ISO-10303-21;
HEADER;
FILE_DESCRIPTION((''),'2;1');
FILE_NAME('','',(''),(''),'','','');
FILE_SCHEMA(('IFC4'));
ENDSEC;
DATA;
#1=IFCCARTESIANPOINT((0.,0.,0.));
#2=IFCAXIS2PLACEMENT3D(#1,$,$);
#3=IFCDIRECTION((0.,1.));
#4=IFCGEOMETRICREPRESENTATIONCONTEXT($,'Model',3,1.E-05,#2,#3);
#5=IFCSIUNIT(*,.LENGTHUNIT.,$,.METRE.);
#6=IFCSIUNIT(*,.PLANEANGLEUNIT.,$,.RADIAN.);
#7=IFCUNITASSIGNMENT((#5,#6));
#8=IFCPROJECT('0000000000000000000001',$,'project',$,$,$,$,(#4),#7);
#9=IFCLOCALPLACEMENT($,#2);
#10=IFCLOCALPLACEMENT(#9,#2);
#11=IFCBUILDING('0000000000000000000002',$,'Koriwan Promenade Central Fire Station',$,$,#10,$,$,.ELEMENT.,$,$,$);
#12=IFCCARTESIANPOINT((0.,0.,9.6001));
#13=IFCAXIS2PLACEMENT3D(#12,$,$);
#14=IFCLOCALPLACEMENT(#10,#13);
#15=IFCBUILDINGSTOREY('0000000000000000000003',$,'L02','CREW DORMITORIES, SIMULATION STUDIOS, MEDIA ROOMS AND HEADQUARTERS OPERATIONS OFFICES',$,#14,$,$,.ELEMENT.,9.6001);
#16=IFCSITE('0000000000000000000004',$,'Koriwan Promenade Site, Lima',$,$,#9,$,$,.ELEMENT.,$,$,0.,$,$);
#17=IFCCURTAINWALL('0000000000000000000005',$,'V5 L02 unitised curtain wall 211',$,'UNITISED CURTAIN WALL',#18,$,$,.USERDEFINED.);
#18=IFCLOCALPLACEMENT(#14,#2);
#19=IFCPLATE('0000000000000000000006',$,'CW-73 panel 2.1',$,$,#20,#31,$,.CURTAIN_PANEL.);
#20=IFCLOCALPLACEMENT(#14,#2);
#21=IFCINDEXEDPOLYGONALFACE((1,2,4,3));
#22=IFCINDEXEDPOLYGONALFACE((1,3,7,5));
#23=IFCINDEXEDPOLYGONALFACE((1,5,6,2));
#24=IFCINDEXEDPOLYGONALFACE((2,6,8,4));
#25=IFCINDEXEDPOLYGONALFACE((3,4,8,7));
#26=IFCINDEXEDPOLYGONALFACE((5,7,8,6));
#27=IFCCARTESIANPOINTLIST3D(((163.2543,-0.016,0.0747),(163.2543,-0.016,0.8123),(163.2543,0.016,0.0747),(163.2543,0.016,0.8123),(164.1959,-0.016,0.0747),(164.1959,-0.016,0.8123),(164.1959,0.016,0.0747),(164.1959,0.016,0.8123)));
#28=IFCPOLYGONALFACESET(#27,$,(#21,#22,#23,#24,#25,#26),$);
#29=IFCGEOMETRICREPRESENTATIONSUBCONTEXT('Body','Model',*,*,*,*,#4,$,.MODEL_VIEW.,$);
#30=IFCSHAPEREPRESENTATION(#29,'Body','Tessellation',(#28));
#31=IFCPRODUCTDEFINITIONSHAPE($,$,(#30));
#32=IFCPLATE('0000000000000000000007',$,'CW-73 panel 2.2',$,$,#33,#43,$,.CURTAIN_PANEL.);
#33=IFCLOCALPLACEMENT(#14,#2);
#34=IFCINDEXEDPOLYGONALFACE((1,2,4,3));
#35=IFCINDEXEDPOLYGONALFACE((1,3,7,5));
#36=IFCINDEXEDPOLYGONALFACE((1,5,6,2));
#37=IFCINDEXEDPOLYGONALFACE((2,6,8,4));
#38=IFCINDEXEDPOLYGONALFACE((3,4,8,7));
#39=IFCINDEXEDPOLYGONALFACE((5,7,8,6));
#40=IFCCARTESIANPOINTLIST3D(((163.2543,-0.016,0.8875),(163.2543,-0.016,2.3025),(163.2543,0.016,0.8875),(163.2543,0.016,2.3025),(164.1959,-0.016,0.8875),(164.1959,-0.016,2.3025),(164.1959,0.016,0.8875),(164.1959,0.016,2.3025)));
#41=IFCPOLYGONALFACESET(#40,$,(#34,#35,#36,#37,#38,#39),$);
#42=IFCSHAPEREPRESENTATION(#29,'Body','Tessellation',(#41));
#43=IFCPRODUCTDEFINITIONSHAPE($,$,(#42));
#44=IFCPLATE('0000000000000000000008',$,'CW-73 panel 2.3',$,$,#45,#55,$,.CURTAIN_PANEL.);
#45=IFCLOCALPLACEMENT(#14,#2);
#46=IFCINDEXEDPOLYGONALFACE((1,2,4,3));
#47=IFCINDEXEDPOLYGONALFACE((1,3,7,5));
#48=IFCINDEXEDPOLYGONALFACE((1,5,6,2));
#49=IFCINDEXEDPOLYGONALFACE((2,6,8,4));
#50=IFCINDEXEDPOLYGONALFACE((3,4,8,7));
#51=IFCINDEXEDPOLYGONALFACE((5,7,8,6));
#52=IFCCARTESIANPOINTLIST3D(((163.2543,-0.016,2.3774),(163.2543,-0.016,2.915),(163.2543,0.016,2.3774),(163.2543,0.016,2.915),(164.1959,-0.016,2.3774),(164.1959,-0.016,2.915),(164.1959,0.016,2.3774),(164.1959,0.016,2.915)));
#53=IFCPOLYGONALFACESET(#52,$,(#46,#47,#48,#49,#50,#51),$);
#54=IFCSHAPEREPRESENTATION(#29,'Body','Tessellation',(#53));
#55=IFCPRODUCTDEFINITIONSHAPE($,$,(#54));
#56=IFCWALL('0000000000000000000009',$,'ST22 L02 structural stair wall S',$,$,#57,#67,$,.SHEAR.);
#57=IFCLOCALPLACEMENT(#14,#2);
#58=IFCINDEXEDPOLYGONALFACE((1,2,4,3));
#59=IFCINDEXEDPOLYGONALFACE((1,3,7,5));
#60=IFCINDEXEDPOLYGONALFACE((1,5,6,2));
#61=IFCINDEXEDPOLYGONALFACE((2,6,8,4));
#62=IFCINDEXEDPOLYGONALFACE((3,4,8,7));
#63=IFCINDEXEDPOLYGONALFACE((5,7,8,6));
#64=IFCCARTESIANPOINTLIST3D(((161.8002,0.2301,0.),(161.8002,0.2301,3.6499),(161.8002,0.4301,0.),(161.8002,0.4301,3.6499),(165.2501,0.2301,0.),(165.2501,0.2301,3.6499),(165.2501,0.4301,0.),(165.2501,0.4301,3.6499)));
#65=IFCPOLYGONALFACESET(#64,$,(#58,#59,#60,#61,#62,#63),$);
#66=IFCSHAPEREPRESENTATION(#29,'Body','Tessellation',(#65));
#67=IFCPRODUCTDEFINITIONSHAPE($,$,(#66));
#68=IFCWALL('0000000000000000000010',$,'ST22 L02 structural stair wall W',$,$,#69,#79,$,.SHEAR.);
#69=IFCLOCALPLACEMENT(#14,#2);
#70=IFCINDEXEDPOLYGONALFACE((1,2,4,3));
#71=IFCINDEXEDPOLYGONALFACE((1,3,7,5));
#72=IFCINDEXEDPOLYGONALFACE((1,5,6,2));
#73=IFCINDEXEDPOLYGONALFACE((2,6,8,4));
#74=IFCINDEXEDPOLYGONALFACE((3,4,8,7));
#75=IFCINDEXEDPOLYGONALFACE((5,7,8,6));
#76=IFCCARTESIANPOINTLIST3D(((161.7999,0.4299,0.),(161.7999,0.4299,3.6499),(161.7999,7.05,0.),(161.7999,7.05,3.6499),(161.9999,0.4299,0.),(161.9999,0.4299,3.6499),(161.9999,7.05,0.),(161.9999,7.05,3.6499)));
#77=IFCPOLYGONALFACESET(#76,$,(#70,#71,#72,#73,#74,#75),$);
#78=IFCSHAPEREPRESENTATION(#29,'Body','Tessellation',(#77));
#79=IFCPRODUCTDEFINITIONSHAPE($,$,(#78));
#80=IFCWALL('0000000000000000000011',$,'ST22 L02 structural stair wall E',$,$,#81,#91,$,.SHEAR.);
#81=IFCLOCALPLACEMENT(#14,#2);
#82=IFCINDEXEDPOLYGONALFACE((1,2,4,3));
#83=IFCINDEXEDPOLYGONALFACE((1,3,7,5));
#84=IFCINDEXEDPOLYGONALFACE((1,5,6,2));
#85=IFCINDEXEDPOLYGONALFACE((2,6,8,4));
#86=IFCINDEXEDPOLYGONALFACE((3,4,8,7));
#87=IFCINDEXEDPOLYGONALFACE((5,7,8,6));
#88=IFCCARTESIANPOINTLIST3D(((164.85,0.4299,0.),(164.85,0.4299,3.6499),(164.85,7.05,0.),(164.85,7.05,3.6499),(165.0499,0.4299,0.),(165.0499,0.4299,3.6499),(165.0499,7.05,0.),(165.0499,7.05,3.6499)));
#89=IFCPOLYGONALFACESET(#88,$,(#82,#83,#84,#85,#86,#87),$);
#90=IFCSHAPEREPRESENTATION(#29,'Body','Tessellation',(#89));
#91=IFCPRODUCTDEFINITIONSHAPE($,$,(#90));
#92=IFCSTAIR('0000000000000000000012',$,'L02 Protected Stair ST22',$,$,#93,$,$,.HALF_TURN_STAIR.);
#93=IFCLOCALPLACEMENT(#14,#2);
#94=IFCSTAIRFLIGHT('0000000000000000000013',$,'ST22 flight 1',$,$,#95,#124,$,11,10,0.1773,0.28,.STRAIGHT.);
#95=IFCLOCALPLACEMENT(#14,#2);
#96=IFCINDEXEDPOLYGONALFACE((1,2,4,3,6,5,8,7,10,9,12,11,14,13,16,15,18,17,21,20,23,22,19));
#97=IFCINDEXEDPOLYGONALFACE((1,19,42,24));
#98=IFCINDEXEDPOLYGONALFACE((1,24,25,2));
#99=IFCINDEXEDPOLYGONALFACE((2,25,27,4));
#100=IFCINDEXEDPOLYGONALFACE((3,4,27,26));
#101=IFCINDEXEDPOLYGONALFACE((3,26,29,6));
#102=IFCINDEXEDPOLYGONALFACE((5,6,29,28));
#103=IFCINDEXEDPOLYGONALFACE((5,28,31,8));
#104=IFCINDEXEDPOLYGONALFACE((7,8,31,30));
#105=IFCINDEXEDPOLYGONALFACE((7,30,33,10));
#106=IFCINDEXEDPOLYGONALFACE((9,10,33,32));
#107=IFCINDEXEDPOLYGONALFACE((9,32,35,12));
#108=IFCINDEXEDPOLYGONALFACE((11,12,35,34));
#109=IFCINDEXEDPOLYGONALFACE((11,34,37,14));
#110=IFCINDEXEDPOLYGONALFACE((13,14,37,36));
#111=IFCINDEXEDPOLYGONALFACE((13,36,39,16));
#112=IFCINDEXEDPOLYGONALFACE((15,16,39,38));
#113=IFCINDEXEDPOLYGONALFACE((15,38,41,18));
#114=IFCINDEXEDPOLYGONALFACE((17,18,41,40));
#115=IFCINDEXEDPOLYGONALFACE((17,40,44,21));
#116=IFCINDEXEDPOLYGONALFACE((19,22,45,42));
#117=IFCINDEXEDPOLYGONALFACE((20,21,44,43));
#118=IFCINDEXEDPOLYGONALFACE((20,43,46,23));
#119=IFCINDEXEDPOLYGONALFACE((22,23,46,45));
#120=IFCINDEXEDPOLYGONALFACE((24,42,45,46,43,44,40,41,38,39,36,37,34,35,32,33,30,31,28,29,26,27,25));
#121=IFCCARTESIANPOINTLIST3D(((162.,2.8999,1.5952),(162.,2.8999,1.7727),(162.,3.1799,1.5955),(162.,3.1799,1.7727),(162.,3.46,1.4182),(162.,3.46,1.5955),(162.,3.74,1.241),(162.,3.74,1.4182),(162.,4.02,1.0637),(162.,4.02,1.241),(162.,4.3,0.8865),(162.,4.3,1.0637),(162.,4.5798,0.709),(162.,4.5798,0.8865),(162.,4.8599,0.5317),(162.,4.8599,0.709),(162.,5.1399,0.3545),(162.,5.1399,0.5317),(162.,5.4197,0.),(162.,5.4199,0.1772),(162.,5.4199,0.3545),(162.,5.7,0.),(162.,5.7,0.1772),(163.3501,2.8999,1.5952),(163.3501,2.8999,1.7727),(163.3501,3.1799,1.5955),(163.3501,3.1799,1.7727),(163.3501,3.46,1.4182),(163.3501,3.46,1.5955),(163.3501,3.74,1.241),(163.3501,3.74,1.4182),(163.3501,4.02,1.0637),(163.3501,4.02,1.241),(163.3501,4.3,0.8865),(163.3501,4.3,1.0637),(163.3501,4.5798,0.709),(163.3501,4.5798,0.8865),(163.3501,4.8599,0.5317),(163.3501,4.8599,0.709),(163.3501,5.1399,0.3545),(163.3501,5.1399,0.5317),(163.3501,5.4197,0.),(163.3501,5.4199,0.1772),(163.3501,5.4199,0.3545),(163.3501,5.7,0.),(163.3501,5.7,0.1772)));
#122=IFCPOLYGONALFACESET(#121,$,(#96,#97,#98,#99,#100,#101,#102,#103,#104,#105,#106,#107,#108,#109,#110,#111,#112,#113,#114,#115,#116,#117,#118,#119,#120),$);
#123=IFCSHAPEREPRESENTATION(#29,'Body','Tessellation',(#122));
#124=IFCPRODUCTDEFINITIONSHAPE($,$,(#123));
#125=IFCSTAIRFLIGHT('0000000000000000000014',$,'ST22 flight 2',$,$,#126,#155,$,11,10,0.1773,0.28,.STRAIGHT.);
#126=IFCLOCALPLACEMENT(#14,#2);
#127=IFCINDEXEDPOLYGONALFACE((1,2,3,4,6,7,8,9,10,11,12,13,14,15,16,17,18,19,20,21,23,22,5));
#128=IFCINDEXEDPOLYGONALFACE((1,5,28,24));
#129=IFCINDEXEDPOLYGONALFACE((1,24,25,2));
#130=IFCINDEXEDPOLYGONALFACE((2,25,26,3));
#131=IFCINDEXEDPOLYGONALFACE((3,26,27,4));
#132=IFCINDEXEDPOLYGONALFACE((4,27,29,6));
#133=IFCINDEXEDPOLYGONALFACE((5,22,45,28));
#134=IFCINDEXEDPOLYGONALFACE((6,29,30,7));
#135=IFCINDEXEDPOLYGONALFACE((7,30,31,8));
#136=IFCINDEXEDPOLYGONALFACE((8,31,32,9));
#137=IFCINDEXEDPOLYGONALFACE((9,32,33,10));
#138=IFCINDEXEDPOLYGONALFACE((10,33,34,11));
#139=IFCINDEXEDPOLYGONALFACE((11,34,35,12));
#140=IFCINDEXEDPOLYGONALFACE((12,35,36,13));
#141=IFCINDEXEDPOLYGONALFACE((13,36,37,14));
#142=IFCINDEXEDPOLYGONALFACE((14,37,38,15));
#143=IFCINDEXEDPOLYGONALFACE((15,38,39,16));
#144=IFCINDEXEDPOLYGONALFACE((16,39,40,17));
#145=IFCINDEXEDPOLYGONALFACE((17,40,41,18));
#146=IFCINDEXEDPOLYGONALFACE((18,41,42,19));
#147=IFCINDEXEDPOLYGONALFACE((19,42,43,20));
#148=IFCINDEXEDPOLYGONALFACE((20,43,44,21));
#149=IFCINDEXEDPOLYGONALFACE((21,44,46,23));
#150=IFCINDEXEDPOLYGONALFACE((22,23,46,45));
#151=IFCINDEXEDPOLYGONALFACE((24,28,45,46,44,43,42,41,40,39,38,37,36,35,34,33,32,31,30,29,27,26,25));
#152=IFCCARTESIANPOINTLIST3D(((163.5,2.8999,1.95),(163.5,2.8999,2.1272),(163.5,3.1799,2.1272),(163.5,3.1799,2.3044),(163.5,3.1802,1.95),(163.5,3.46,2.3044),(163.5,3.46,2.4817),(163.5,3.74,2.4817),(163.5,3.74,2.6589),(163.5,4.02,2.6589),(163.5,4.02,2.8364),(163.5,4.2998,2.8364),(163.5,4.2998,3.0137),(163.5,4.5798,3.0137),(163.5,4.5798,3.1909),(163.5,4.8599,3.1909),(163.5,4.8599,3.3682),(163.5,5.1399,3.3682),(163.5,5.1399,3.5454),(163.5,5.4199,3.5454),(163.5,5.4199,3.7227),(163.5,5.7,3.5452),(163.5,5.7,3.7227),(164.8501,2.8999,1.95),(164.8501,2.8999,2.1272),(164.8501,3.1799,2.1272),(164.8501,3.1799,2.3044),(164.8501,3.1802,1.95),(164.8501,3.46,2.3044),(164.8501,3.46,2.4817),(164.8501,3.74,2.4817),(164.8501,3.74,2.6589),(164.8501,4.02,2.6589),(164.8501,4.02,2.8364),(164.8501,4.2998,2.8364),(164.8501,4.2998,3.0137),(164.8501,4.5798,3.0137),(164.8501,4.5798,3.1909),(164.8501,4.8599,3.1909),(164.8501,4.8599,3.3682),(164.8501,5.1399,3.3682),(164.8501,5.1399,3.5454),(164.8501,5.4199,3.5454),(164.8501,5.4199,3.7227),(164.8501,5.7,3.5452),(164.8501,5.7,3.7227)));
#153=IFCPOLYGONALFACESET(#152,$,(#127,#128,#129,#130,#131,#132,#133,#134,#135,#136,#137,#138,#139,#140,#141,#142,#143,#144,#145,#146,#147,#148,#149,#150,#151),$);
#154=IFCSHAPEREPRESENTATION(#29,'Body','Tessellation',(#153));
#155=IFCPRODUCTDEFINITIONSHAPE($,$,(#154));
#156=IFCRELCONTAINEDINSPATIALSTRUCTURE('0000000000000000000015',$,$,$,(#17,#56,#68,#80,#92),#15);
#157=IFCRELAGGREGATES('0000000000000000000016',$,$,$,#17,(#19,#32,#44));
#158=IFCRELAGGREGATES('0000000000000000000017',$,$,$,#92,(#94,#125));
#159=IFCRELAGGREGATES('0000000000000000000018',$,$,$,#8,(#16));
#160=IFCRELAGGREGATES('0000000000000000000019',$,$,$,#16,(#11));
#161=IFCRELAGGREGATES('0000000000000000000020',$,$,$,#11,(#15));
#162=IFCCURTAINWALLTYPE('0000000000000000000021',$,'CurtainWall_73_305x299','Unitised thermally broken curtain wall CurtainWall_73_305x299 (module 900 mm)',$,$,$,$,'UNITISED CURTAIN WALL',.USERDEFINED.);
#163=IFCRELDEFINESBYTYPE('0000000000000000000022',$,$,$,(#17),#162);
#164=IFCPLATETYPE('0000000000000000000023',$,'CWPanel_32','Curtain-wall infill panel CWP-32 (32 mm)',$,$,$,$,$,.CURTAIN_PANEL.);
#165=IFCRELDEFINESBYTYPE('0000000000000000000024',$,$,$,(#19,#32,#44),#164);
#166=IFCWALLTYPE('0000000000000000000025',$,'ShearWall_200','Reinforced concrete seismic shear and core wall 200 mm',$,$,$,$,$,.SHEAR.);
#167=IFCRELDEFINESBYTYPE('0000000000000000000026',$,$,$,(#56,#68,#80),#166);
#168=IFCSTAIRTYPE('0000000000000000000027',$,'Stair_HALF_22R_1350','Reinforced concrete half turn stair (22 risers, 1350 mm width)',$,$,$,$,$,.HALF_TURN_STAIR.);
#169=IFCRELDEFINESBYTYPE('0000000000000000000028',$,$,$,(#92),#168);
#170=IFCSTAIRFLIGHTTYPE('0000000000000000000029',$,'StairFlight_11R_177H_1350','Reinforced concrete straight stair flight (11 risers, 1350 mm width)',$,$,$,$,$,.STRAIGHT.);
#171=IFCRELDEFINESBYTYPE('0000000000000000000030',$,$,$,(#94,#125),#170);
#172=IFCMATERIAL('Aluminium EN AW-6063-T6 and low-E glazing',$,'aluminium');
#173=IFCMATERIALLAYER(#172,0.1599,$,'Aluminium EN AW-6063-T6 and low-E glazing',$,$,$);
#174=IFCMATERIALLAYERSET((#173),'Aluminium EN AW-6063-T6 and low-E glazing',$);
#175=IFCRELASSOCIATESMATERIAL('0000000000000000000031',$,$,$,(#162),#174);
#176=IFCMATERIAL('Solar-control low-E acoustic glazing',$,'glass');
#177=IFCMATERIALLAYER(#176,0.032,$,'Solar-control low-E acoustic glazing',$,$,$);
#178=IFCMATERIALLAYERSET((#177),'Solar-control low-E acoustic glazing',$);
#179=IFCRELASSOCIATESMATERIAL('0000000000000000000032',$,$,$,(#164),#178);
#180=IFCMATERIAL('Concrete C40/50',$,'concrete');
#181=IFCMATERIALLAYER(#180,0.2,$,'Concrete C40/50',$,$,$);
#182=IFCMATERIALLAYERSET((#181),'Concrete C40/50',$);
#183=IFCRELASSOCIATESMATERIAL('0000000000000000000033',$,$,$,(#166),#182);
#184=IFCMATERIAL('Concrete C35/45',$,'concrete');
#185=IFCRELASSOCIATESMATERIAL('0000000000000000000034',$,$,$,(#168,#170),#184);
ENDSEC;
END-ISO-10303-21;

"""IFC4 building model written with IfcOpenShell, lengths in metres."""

from ifc_helpers import new_model, si_unit, direction, frame, frame_2d, origin, origin_2d, place, context, subcontext, project, spatial, polyline, rectangle, outline, extrude, material, layer, layer_set, type_object, element, aggregate, save


model = new_model("IFC4")

# Units and contexts
model_context = context("Model", 3, precision=1e-05, world=origin(), true_north=direction((0.0, 1.0)))
body_context = subcontext(model_context, "Body", "Model", "MODEL_VIEW")
ifc_project = project(units=[si_unit("LENGTHUNIT", "METRE"), si_unit("PLANEANGLEUNIT", "RADIAN")], contexts=[model_context])

# Site, building, storey
site_placement = place(None, origin())
site = spatial("IfcSite", under=ifc_project, at=site_placement, Name="Koriwan Promenade Site, Lima", CompositionType="ELEMENT", RefElevation=0.0)
building_placement = place(site_placement, origin())
building = spatial("IfcBuilding", under=site, at=building_placement, Name="Koriwan Promenade Central Fire Station", CompositionType="ELEMENT")
storey_placement = place(building_placement, frame((0.0, 0.0, 9.6001)))
storey = spatial("IfcBuildingStorey", under=building, at=storey_placement, Name="L02", Description="CREW DORMITORIES, SIMULATION STUDIOS, MEDIA ROOMS AND HEADQUARTERS OPERATIONS OFFICES", CompositionType="ELEMENT", Elevation=9.6001)

# Shared definitions
ifc_material_1 = material(Name="Concrete C40/50", Category="concrete")

# Curtain wall, plates
ifc_material_2 = material(Name="Aluminium EN AW-6063-T6 and low-E glazing", Category="aluminium")
ifc_layer_1 = layer(ifc_material_2, 0.1599, Name="Aluminium EN AW-6063-T6 and low-E glazing")
ifc_layer_set_1 = layer_set([ifc_layer_1], Name="Aluminium EN AW-6063-T6 and low-E glazing")
curtain_wall_type = type_object("IfcCurtainWallType", Name="CurtainWall_73_305x299", Description="Unitised thermally broken curtain wall CurtainWall_73_305x299 (module 900 mm)", ElementType="UNITISED CURTAIN WALL", PredefinedType="USERDEFINED", material=ifc_layer_set_1)
curtain_wall_placement = place(storey_placement, origin())
curtain_wall = element("IfcCurtainWall", 1, at=curtain_wall_placement, inside=storey, type_object=curtain_wall_type, Name="V5 L02 unitised curtain wall 211", ObjectType="UNITISED CURTAIN WALL", PredefinedType="USERDEFINED")
ifc_material_3 = material(Name="Solar-control low-E acoustic glazing", Category="glass")
ifc_layer_2 = layer(ifc_material_3, 0.032, Name="Solar-control low-E acoustic glazing")
ifc_layer_set_2 = layer_set([ifc_layer_2], Name="Solar-control low-E acoustic glazing")
plate_type = type_object("IfcPlateType", Name="CWPanel_32", Description="Curtain-wall infill panel CWP-32 (32 mm)", PredefinedType="CURTAIN_PANEL", material=ifc_layer_set_2)
plate_1_placement = place(storey_placement, frame((163.7251, 0.0, 0.0747), z_axis=(0.0, 0.0, 1.0), x_axis=(-1.0, 0.0, 0.0)))
plate_1 = element("IfcPlate", 2, at=plate_1_placement, type_object=plate_type, Name="CW-73 panel 2.1", PredefinedType="CURTAIN_PANEL", context=body_context, shape_type="SweptSolid", body=[
    extrude(rectangle(XDim=0.9417, YDim=0.032, at=origin_2d()), origin(), (0.0, 0.0, 1.0), 0.7375),
])
plate_2_placement = place(storey_placement, frame((163.7251, 0.0, 0.8875), z_axis=(0.0, 0.0, 1.0), x_axis=(-1.0, 0.0, 0.0)))
plate_2 = element("IfcPlate", 3, at=plate_2_placement, type_object=plate_type, Name="CW-73 panel 2.2", PredefinedType="CURTAIN_PANEL", context=body_context, shape_type="SweptSolid", body=[
    extrude(rectangle(XDim=0.9417, YDim=0.032, at=origin_2d()), origin(), (0.0, 0.0, 1.0), 1.415),
])
plate_3_placement = place(storey_placement, frame((163.7251, 0.0, 2.3774), z_axis=(0.0, 0.0, 1.0), x_axis=(-1.0, 0.0, 0.0)))
plate_3 = element("IfcPlate", 4, at=plate_3_placement, type_object=plate_type, Name="CW-73 panel 2.3", PredefinedType="CURTAIN_PANEL", context=body_context, shape_type="SweptSolid", body=[
    extrude(rectangle(XDim=0.9417, YDim=0.032, at=origin_2d()), origin(), (0.0, 0.0, 1.0), 0.5376),
])
aggregate(curtain_wall, [plate_1, plate_2, plate_3])

# Wall
ifc_layer_3 = layer(ifc_material_1, 0.2, Name="Concrete C40/50")
ifc_layer_set_3 = layer_set([ifc_layer_3], Name="Concrete C40/50")
wall_type = type_object("IfcWallType", Name="ShearWall_200", Description="Reinforced concrete seismic shear and core wall 200 mm", PredefinedType="SHEAR", material=ifc_layer_set_3)
wall_1_placement = place(storey_placement, frame((161.8, 0.3301, 0.0), z_axis=(0.0, 0.0, 1.0), x_axis=(1.0, 0.0, 0.0)))
element("IfcWall", 5, at=wall_1_placement, inside=storey, type_object=wall_type, Name="ST22 L02 structural stair wall S", PredefinedType="SHEAR", context=body_context, shape_type="SweptSolid", body=[
    extrude(rectangle(XDim=3.45, YDim=0.2, at=frame_2d((1.7251, 0.0))), origin(), (0.0, 0.0, 1.0), 3.6499),
])

# Walls
for number, where, z_axis, x_axis, name in (
    (6, (161.8999, 0.4299, 0.0), (0.0, 0.0, 1.0), (0.0, 1.0, 0.0), "ST22 L02 structural stair wall W"),
    (7, (164.95, 0.4299, 0.0), (0.0, 0.0, 1.0), (0.0, 1.0, 0.0), "ST22 L02 structural stair wall E"),
):
    element("IfcWall", number, at=place(storey_placement, frame(where, z_axis=z_axis, x_axis=x_axis)), inside=storey, type_object=wall_type, Name=name, PredefinedType="SHEAR", context=body_context, shape_type="SweptSolid", body=[
        extrude(rectangle(XDim=6.6201, YDim=0.2, at=frame_2d((3.3101, 0.0))), origin(), (0.0, 0.0, 1.0), 3.6499),
    ])

# Stair, stair flights
ifc_material_4 = material(Name="Concrete C35/45", Category="concrete")
stair_type = type_object("IfcStairType", Name="Stair_HALF_22R_1350", Description="Reinforced concrete half turn stair (22 risers, 1350 mm width)", PredefinedType="HALF_TURN_STAIR", material=ifc_material_4)
stair_placement = place(storey_placement, origin())
stair = element("IfcStair", 8, at=stair_placement, inside=storey, type_object=stair_type, Name="L02 Protected Stair ST22", PredefinedType="HALF_TURN_STAIR")
stair_flight_type = type_object("IfcStairFlightType", Name="StairFlight_11R_177H_1350", Description="Reinforced concrete straight stair flight (11 risers, 1350 mm width)", PredefinedType="STRAIGHT", material=ifc_material_4)
stair_flight_1_placement = place(storey_placement, frame((162.675, 5.7, 0.0), z_axis=(0.0, 0.0, 1.0), x_axis=(0.0, -1.0, 0.0)))
stair_flight_1 = element("IfcStairFlight", 9, at=stair_flight_1_placement, type_object=stair_flight_type, Name="ST22 flight 1", NumberOfRisers=11, NumberOfTreads=10, PredefinedType="STRAIGHT", RiserHeight=0.1773, TreadLength=0.28, context=body_context, shape_type="SweptSolid", body=[
    extrude(outline(polyline([(0.0, 0.0), (0.0, 0.1772), (0.28, 0.1772), (0.28, 0.3545), (0.5601, 0.3545), (0.5601, 0.5317), (0.8401, 0.5317), (0.8401, 0.709), (1.1201, 0.709), (1.1201, 0.8865), (1.3999, 0.8865), (1.3999, 1.0637), (1.6799, 1.0637), (1.6799, 1.241), (1.96, 1.241), (1.96, 1.4182), (2.24, 1.4182), (2.24, 1.5955), (2.52, 1.5955), (2.52, 1.7727), (2.8, 1.7727), (2.8, 1.95), (2.8, 1.5952), (0.2803, 0.0), (0.0, 0.0)])), frame((0.0, 0.675, 0.0), z_axis=(0.0, -1.0, 0.0), x_axis=(1.0, 0.0, 0.0)), (0.0, 0.0, 1.0), 1.3501),
])
stair_flight_2_placement = place(storey_placement, frame((164.175, 2.8999, 1.95), z_axis=(0.0, 0.0, 1.0), x_axis=(0.0, 1.0, 0.0)))
stair_flight_2 = element("IfcStairFlight", 10, at=stair_flight_2_placement, type_object=stair_flight_type, Name="ST22 flight 2", NumberOfRisers=11, NumberOfTreads=10, PredefinedType="STRAIGHT", RiserHeight=0.1773, TreadLength=0.28, context=body_context, shape_type="SweptSolid", body=[
    extrude(outline(polyline([(0.0, 0.0), (0.0, 0.1772), (0.28, 0.1772), (0.28, 0.3545), (0.5601, 0.3545), (0.5601, 0.5317), (0.8401, 0.5317), (0.8401, 0.709), (1.1201, 0.709), (1.1201, 0.8865), (1.3999, 0.8865), (1.3999, 1.0637), (1.6799, 1.0637), (1.6799, 1.241), (1.96, 1.241), (1.96, 1.4182), (2.24, 1.4182), (2.24, 1.5955), (2.52, 1.5955), (2.52, 1.7727), (2.8, 1.7727), (2.8, 1.95), (2.8, 1.5952), (0.2803, 0.0), (0.0, 0.0)])), frame((0.0, 0.675, 0.0), z_axis=(0.0, -1.0, 0.0), x_axis=(1.0, 0.0, 0.0)), (0.0, 0.0, 1.0), 1.3501),
])
aggregate(stair, [stair_flight_1, stair_flight_2])

save(model, "model.ifc")
